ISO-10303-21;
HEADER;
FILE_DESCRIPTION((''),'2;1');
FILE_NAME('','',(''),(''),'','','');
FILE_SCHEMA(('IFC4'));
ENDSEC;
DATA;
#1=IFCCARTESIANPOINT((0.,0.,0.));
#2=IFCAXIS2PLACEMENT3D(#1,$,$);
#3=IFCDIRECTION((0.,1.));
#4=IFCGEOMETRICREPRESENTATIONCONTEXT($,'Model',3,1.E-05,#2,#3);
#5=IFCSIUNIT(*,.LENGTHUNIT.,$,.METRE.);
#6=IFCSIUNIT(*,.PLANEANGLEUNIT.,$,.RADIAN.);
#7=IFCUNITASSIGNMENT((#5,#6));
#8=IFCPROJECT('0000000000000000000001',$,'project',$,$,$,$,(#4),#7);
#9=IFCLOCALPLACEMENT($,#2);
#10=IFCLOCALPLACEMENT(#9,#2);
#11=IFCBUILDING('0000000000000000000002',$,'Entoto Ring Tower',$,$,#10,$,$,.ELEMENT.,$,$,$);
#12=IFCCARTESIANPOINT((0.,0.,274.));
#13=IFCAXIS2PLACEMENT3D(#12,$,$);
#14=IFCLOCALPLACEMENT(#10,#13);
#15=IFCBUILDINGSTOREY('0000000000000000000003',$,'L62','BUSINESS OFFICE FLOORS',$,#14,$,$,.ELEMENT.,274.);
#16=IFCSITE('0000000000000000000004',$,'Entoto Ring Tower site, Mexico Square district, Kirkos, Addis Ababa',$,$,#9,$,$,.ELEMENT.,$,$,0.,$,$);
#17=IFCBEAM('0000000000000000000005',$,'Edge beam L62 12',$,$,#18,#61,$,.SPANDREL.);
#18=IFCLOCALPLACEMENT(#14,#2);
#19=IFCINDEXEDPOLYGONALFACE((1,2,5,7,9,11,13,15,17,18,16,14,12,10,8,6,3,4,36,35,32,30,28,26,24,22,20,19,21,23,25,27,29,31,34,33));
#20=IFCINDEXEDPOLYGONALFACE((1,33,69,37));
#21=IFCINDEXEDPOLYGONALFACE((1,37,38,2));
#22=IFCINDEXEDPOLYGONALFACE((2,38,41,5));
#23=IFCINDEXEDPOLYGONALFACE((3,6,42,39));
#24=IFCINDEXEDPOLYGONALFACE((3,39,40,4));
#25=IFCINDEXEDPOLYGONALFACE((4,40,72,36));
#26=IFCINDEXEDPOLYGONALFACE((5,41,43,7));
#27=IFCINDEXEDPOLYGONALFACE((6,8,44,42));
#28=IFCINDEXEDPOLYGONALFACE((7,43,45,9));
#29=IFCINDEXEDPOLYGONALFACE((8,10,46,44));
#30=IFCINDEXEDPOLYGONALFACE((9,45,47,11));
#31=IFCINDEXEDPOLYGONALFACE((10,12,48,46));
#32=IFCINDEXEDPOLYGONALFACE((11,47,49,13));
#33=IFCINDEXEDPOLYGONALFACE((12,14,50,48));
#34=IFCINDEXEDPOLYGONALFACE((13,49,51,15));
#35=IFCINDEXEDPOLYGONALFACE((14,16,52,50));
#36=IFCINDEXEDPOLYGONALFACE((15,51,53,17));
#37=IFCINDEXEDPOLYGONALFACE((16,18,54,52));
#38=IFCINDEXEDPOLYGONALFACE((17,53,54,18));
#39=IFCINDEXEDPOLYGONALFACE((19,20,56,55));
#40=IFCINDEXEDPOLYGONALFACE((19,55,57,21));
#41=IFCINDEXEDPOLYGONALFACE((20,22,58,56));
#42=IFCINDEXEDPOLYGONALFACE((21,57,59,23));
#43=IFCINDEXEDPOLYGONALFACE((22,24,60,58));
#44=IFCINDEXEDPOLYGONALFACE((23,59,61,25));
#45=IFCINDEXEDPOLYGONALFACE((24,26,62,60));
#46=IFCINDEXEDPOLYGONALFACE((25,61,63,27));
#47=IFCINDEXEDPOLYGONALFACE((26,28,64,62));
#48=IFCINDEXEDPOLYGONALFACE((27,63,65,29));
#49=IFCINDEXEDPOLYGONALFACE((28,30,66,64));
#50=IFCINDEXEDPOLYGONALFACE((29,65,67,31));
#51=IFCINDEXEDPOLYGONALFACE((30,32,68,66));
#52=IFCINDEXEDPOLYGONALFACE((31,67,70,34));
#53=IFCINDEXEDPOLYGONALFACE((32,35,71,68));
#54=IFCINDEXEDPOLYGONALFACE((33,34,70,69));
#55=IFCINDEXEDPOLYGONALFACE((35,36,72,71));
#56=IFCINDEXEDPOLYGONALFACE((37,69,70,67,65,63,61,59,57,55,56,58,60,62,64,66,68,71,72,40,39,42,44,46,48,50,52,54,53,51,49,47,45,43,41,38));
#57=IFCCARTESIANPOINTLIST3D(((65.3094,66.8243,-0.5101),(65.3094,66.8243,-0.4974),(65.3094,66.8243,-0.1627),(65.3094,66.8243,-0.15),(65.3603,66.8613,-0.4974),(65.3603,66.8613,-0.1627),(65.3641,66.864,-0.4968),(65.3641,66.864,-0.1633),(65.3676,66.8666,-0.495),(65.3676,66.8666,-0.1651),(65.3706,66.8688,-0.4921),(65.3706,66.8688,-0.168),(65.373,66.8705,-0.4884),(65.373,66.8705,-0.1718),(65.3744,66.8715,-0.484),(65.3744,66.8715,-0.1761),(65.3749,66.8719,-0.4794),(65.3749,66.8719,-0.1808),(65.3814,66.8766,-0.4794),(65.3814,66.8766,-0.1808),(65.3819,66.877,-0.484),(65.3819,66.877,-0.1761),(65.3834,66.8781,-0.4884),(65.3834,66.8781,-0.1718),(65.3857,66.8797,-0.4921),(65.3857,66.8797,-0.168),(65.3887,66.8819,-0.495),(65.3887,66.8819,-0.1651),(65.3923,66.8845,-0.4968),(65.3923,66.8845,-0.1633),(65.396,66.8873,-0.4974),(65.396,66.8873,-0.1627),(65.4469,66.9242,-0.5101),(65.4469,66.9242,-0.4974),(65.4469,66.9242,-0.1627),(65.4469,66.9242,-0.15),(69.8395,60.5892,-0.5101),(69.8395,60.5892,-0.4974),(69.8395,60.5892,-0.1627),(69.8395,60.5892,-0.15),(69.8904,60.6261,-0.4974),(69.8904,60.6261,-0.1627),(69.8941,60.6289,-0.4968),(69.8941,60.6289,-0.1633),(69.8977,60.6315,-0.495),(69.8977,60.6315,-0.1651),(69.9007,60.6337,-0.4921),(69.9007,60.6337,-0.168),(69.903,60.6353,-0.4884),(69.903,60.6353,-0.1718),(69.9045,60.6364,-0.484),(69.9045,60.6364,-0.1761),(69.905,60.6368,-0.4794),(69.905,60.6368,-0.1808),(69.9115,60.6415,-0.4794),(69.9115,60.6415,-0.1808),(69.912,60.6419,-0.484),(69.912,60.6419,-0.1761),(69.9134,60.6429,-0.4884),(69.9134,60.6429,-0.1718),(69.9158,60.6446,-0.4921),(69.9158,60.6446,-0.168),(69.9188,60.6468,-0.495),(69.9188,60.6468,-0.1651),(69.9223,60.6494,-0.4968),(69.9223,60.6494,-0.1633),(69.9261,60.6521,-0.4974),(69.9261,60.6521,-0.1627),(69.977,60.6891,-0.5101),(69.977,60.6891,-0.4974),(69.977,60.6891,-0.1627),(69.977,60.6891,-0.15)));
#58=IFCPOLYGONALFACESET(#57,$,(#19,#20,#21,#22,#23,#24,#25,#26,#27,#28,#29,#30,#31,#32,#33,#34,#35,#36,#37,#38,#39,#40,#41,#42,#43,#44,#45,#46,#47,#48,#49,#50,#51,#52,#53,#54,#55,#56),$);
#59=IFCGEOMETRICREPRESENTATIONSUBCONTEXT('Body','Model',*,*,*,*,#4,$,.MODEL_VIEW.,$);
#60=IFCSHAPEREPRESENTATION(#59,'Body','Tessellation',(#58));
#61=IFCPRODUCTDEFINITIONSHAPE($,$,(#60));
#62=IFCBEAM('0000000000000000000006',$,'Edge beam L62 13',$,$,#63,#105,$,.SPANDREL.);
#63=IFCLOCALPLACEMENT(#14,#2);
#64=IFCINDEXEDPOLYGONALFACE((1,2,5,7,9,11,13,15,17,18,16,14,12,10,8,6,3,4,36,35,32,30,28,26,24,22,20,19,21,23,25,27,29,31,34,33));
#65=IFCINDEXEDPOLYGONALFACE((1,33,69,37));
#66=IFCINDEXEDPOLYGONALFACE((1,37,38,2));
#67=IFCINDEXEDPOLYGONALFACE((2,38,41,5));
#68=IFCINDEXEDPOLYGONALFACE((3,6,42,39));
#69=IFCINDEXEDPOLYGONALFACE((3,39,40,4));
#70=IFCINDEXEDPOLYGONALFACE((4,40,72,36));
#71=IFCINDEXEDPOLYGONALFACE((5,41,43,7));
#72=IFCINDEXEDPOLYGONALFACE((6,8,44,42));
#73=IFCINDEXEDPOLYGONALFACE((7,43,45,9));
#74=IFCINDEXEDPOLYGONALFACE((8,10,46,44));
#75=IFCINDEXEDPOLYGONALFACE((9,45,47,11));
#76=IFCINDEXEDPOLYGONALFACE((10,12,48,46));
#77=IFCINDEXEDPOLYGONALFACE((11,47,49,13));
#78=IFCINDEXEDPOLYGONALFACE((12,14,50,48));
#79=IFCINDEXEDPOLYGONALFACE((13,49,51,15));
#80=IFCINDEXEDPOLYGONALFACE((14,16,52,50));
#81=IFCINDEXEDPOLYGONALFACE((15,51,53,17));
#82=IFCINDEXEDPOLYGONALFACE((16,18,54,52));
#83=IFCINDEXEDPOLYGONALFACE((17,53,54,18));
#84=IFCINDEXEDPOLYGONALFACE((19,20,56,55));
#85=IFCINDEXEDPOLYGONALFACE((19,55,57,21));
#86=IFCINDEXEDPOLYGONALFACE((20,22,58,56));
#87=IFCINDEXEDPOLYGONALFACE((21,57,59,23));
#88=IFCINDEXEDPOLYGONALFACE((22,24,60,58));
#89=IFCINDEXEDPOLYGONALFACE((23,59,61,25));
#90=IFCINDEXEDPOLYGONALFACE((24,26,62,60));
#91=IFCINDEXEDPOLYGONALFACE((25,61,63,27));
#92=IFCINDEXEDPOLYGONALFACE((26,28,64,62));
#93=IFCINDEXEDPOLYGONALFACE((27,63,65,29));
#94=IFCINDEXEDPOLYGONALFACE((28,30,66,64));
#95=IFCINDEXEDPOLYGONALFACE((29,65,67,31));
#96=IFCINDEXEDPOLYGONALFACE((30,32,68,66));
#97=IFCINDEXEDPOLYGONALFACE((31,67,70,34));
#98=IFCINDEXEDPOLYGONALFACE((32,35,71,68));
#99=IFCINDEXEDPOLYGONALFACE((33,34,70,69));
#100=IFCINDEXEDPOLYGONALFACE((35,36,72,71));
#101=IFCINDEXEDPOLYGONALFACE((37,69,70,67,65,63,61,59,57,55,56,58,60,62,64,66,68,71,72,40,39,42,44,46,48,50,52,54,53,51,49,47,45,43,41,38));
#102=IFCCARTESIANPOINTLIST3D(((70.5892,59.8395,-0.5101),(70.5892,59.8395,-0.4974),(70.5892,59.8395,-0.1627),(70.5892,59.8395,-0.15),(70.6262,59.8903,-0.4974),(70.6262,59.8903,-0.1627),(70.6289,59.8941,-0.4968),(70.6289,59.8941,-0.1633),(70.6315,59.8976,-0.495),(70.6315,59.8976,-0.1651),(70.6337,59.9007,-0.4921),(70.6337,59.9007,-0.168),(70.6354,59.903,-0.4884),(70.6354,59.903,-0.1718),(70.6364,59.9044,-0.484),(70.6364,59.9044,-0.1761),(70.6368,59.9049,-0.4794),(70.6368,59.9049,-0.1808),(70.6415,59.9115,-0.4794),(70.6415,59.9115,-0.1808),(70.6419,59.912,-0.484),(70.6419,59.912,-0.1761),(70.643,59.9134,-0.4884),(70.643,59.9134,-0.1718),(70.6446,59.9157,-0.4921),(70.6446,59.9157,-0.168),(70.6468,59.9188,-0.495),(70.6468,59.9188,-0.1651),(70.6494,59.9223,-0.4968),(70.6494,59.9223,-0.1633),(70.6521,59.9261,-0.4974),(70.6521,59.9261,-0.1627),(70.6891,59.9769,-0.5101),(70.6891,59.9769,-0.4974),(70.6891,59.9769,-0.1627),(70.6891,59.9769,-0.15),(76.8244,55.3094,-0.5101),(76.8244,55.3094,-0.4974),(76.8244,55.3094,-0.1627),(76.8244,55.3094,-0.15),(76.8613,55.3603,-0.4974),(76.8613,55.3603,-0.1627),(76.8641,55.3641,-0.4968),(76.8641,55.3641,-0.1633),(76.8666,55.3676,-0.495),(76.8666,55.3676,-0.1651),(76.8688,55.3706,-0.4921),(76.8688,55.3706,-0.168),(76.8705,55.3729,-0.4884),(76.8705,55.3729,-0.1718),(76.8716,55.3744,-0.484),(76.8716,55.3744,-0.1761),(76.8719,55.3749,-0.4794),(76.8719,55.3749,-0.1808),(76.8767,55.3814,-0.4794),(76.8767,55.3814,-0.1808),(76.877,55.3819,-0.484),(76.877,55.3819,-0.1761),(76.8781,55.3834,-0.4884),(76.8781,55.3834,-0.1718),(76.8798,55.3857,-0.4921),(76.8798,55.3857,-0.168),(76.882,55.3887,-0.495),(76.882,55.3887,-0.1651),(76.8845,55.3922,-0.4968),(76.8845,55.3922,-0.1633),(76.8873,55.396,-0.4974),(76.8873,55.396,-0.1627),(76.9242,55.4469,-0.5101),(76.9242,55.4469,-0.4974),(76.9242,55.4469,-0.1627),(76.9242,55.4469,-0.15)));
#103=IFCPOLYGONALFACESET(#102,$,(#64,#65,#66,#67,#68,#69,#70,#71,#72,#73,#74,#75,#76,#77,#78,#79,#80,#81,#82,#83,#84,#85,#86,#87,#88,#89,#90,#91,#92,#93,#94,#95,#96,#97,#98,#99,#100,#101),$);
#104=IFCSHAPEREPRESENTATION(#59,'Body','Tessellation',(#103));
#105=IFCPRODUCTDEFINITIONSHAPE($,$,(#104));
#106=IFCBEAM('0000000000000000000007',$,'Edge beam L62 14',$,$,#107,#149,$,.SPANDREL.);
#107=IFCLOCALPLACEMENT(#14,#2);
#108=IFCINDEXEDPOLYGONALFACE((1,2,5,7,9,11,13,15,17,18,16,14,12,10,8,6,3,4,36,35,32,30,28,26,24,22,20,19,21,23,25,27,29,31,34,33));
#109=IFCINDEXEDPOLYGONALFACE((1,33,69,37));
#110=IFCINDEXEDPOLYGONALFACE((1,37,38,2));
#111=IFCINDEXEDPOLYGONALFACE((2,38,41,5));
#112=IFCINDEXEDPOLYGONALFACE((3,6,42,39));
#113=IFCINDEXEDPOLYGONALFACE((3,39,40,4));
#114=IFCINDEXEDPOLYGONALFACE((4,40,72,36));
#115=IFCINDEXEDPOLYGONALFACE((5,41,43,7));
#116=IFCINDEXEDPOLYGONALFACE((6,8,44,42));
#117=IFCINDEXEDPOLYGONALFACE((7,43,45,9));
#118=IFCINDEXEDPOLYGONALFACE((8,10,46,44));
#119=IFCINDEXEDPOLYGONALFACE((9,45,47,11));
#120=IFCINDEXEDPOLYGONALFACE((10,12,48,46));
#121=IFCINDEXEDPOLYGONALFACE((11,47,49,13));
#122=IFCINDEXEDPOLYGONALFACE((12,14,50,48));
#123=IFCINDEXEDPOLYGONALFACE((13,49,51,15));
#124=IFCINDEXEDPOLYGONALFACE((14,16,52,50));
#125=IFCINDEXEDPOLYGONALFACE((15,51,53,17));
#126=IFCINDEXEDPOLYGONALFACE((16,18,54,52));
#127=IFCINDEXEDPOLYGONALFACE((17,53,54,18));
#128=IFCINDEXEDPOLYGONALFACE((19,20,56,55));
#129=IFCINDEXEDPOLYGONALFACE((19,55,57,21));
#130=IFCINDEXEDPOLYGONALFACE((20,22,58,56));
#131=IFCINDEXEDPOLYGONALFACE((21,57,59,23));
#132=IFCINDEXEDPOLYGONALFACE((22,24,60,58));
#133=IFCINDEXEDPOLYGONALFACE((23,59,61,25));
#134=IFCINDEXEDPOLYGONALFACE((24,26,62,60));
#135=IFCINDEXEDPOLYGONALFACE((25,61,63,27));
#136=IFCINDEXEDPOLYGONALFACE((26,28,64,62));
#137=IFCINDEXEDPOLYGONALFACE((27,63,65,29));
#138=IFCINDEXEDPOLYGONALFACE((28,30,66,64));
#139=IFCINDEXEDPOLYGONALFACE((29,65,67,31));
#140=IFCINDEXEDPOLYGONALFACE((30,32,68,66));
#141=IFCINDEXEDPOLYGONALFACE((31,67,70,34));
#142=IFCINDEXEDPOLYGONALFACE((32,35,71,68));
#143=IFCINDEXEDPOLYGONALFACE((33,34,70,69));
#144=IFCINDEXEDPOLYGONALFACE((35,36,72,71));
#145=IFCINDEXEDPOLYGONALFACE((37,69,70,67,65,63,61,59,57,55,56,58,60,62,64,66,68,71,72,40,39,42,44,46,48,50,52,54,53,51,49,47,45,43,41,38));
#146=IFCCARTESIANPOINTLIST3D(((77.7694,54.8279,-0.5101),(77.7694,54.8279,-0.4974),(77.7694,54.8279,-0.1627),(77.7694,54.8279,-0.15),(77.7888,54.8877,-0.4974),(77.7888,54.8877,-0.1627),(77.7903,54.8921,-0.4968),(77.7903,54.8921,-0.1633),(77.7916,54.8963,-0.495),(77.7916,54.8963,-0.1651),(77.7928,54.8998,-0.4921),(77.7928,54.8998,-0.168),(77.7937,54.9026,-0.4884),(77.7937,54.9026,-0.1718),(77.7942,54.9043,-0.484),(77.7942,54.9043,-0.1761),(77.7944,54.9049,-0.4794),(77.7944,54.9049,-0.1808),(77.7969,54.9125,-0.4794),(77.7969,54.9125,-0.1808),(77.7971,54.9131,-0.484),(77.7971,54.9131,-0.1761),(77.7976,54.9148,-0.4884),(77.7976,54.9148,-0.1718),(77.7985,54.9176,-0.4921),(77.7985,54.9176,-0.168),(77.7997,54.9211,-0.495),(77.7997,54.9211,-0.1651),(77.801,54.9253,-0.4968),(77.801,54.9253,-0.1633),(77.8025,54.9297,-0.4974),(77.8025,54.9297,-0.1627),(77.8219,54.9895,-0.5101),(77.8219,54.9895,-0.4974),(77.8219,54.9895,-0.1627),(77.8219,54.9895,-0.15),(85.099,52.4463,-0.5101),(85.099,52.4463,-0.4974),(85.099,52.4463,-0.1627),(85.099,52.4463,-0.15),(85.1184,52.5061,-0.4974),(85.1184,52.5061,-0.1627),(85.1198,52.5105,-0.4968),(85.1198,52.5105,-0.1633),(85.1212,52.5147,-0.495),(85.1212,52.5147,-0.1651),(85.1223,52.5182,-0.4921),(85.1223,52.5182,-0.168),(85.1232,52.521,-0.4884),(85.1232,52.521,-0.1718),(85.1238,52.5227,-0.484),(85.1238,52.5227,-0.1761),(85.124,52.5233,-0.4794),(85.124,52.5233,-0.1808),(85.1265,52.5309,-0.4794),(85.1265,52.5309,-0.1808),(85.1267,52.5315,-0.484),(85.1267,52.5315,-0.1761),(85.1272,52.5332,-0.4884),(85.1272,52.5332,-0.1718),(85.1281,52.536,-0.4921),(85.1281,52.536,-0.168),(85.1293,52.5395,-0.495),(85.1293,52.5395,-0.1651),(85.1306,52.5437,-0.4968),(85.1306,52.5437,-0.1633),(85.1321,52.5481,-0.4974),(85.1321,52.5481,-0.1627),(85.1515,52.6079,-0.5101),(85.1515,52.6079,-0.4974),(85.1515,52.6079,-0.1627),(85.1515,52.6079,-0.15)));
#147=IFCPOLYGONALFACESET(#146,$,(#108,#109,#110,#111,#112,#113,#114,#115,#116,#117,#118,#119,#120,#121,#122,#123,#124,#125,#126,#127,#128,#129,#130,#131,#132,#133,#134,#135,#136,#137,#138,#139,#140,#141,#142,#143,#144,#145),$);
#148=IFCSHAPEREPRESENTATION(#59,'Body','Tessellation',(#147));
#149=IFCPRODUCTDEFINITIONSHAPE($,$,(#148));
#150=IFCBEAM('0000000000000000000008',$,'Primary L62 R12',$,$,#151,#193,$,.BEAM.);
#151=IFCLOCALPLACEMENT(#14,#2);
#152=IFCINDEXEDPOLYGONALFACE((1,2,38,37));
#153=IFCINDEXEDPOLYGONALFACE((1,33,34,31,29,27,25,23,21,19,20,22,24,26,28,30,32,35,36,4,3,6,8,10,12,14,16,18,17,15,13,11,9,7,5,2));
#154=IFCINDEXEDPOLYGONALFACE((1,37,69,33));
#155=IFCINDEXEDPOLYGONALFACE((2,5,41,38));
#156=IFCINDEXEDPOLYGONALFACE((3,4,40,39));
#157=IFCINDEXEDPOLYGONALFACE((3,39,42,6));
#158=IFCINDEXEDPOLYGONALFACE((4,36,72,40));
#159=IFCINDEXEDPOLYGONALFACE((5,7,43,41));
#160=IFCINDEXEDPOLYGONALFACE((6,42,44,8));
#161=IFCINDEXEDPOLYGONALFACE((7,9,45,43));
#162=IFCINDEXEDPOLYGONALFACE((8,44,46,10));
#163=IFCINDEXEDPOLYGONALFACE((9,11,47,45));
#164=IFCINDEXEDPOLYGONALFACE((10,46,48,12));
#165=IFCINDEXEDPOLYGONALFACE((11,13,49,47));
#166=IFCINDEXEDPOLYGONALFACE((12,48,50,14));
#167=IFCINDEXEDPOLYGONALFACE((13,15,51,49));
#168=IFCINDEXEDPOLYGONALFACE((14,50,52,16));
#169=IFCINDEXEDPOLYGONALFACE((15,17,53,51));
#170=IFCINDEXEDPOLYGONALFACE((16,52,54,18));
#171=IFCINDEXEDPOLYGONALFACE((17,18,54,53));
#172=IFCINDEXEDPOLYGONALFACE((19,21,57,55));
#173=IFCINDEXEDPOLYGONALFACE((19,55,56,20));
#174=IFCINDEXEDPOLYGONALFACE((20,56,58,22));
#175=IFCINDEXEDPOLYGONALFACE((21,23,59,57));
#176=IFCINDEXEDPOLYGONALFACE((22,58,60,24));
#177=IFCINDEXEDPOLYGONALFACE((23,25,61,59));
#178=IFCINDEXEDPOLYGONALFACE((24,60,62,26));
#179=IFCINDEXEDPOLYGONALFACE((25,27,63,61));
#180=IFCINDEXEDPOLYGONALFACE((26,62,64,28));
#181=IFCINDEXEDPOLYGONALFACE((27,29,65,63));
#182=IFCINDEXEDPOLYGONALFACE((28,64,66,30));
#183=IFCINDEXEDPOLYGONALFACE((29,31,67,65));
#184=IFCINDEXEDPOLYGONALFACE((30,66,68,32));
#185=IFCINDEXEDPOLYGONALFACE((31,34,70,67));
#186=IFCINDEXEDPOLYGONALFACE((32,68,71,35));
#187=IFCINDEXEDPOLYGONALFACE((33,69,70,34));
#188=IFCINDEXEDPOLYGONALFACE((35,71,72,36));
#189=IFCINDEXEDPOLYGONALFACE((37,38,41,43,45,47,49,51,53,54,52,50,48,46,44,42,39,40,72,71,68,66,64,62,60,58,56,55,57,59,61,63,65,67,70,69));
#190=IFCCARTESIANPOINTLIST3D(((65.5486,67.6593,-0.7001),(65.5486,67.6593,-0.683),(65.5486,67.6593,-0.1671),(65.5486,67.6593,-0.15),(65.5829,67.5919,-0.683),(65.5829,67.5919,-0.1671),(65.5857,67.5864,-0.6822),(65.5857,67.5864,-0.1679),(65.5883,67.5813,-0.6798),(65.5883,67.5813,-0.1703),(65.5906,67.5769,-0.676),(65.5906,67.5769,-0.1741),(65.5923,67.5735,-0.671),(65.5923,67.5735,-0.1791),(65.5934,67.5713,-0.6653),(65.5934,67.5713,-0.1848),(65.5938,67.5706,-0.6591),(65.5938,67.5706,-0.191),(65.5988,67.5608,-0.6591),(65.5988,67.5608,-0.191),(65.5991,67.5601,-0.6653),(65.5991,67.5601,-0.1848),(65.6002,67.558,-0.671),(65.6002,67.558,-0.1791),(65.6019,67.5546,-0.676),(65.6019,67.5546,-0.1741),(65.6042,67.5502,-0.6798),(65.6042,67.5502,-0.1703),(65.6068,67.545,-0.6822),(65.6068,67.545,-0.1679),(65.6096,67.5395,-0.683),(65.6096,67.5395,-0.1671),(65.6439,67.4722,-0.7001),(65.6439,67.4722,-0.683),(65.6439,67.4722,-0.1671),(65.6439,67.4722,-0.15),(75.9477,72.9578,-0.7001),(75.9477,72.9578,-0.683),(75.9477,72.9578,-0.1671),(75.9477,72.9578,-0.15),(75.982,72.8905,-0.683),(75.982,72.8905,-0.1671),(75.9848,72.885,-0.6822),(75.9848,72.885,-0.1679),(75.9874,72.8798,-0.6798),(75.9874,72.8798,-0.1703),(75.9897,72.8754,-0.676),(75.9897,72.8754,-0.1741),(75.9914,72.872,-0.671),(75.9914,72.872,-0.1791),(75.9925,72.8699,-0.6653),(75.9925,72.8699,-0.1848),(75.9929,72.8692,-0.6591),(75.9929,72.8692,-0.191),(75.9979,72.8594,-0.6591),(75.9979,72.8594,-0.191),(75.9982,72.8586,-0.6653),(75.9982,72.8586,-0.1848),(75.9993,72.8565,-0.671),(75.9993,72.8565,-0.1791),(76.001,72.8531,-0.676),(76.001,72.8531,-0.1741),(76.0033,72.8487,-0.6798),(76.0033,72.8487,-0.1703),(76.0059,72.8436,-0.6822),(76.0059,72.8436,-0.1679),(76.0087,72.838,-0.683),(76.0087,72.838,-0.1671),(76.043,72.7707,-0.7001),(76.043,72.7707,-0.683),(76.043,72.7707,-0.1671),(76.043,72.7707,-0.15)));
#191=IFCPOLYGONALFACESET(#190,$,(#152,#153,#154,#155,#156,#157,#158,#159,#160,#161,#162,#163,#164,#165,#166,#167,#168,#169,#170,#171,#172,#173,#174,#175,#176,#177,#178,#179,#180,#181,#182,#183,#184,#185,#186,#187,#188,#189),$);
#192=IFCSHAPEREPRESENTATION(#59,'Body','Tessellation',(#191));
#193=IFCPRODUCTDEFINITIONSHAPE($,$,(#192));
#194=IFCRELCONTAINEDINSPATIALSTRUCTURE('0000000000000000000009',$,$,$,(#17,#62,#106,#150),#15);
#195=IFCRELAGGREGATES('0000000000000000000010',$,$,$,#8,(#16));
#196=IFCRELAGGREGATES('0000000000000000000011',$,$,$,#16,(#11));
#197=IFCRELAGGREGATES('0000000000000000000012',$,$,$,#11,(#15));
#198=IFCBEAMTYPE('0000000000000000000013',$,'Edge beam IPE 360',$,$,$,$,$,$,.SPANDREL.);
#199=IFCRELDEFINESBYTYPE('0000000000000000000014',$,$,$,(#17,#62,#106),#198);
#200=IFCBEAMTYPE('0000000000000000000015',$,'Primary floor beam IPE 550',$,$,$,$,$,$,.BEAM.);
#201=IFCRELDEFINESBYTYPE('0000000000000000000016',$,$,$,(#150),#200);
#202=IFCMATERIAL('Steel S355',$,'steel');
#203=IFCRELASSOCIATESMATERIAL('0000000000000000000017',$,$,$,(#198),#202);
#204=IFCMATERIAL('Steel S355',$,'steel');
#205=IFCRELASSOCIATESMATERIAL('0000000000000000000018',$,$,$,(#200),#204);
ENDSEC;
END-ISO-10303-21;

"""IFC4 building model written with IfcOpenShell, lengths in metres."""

from ifc_helpers import new_model, si_unit, direction, frame, origin, origin_2d, place, context, subcontext, project, spatial, i_section, extrude, material, material_profile, profile_set, type_object, element, save


model = new_model("IFC4")

# Units and contexts
model_context = context("Model", 3, precision=1e-05, world=origin(), true_north=direction((0.0, 1.0)))
body_context = subcontext(model_context, "Body", "Model", "MODEL_VIEW")
ifc_project = project(units=[si_unit("LENGTHUNIT", "METRE"), si_unit("PLANEANGLEUNIT", "RADIAN")], contexts=[model_context])

# Site, building, storey
site_placement = place(None, origin())
site = spatial("IfcSite", under=ifc_project, at=site_placement, Name="Entoto Ring Tower site, Mexico Square district, Kirkos, Addis Ababa", CompositionType="ELEMENT", RefElevation=0.0)
building_placement = place(site_placement, origin())
building = spatial("IfcBuilding", under=site, at=building_placement, Name="Entoto Ring Tower", CompositionType="ELEMENT")
storey_placement = place(building_placement, frame((0.0, 0.0, 274.0)))
storey = spatial("IfcBuildingStorey", under=building, at=storey_placement, Name="L62", Description="BUSINESS OFFICE FLOORS", CompositionType="ELEMENT", Elevation=274.0)

# Beams
ifc_material_1 = material(Name="Steel S355", Category="steel")
ifc_material_profile_1 = material_profile(ifc_material_1, i_section(OverallWidth=0.1699, OverallDepth=0.3601, WebThickness=0.0081, FlangeThickness=0.0127, FilletRadius=0.0181, at=origin_2d()), Name="IPE 360")
ifc_profile_set_1 = profile_set([ifc_material_profile_1], Name="Steel S355")
beam_type_1 = type_object("IfcBeamType", Name="Edge beam IPE 360", PredefinedType="SPANDREL", material=ifc_profile_set_1)
for number, where, z_axis, x_axis, name in (
    (1, (65.3782, 66.8743, -0.3301), (0.587782, -0.80902, 0.0), (0.80902, 0.587782, 0.0), "Edge beam L62 12"),
    (2, (70.6392, 59.9082, -0.3301), (0.80902, -0.587782, 0.0), (0.587782, 0.80902, 0.0), "Edge beam L62 13"),
):
    element("IfcBeam", number, at=place(storey_placement, frame(where, z_axis=z_axis, x_axis=x_axis)), inside=storey, type_object=beam_type_1, Name=name, PredefinedType="SPANDREL", context=body_context, shape_type="SweptSolid", body=[
        extrude(i_section(OverallWidth=0.1699, OverallDepth=0.3601, WebThickness=0.0081, FlangeThickness=0.0127, FilletRadius=0.0181, at=origin_2d()), origin(), (0.0, 0.0, 1.0), 7.707),
    ])
beam_1_placement = place(storey_placement, frame((77.7957, 54.9087, -0.3301), z_axis=(0.951054, -0.309024, 0.0), x_axis=(0.309024, 0.951054, 0.0)))
element("IfcBeam", 3, at=beam_1_placement, inside=storey, type_object=beam_type_1, Name="Edge beam L62 14", PredefinedType="SPANDREL", context=body_context, shape_type="SweptSolid", body=[
    extrude(i_section(OverallWidth=0.1699, OverallDepth=0.3601, WebThickness=0.0081, FlangeThickness=0.0127, FilletRadius=0.0181, at=origin_2d()), origin(), (0.0, 0.0, 1.0), 7.7068),
])
ifc_material_2 = material(Name="Steel S355", Category="steel")
ifc_material_profile_2 = material_profile(ifc_material_2, i_section(OverallWidth=0.21, OverallDepth=0.55, WebThickness=0.011, FlangeThickness=0.0171, FilletRadius=0.0239, at=origin_2d()), Name="IPE 550")
ifc_profile_set_2 = profile_set([ifc_material_profile_2], Name="Steel S355")
beam_type_2 = type_object("IfcBeamType", Name="Primary floor beam IPE 550", PredefinedType="BEAM", material=ifc_profile_set_2)
beam_2_placement = place(storey_placement, frame((75.9954, 72.8643, -0.425), z_axis=(-0.891009, -0.453987, 0.0), x_axis=(0.453987, -0.891009, 0.0)))
element("IfcBeam", 4, at=beam_2_placement, inside=storey, type_object=beam_type_2, Name="Primary L62 R12", PredefinedType="BEAM", context=body_context, shape_type="SweptSolid", body=[
    extrude(i_section(OverallWidth=0.21, OverallDepth=0.55, WebThickness=0.011, FlangeThickness=0.0171, FilletRadius=0.0239, at=origin_2d()), origin(), (0.0, 0.0, 1.0), 11.6711),
])

save(model, "model.ifc")
